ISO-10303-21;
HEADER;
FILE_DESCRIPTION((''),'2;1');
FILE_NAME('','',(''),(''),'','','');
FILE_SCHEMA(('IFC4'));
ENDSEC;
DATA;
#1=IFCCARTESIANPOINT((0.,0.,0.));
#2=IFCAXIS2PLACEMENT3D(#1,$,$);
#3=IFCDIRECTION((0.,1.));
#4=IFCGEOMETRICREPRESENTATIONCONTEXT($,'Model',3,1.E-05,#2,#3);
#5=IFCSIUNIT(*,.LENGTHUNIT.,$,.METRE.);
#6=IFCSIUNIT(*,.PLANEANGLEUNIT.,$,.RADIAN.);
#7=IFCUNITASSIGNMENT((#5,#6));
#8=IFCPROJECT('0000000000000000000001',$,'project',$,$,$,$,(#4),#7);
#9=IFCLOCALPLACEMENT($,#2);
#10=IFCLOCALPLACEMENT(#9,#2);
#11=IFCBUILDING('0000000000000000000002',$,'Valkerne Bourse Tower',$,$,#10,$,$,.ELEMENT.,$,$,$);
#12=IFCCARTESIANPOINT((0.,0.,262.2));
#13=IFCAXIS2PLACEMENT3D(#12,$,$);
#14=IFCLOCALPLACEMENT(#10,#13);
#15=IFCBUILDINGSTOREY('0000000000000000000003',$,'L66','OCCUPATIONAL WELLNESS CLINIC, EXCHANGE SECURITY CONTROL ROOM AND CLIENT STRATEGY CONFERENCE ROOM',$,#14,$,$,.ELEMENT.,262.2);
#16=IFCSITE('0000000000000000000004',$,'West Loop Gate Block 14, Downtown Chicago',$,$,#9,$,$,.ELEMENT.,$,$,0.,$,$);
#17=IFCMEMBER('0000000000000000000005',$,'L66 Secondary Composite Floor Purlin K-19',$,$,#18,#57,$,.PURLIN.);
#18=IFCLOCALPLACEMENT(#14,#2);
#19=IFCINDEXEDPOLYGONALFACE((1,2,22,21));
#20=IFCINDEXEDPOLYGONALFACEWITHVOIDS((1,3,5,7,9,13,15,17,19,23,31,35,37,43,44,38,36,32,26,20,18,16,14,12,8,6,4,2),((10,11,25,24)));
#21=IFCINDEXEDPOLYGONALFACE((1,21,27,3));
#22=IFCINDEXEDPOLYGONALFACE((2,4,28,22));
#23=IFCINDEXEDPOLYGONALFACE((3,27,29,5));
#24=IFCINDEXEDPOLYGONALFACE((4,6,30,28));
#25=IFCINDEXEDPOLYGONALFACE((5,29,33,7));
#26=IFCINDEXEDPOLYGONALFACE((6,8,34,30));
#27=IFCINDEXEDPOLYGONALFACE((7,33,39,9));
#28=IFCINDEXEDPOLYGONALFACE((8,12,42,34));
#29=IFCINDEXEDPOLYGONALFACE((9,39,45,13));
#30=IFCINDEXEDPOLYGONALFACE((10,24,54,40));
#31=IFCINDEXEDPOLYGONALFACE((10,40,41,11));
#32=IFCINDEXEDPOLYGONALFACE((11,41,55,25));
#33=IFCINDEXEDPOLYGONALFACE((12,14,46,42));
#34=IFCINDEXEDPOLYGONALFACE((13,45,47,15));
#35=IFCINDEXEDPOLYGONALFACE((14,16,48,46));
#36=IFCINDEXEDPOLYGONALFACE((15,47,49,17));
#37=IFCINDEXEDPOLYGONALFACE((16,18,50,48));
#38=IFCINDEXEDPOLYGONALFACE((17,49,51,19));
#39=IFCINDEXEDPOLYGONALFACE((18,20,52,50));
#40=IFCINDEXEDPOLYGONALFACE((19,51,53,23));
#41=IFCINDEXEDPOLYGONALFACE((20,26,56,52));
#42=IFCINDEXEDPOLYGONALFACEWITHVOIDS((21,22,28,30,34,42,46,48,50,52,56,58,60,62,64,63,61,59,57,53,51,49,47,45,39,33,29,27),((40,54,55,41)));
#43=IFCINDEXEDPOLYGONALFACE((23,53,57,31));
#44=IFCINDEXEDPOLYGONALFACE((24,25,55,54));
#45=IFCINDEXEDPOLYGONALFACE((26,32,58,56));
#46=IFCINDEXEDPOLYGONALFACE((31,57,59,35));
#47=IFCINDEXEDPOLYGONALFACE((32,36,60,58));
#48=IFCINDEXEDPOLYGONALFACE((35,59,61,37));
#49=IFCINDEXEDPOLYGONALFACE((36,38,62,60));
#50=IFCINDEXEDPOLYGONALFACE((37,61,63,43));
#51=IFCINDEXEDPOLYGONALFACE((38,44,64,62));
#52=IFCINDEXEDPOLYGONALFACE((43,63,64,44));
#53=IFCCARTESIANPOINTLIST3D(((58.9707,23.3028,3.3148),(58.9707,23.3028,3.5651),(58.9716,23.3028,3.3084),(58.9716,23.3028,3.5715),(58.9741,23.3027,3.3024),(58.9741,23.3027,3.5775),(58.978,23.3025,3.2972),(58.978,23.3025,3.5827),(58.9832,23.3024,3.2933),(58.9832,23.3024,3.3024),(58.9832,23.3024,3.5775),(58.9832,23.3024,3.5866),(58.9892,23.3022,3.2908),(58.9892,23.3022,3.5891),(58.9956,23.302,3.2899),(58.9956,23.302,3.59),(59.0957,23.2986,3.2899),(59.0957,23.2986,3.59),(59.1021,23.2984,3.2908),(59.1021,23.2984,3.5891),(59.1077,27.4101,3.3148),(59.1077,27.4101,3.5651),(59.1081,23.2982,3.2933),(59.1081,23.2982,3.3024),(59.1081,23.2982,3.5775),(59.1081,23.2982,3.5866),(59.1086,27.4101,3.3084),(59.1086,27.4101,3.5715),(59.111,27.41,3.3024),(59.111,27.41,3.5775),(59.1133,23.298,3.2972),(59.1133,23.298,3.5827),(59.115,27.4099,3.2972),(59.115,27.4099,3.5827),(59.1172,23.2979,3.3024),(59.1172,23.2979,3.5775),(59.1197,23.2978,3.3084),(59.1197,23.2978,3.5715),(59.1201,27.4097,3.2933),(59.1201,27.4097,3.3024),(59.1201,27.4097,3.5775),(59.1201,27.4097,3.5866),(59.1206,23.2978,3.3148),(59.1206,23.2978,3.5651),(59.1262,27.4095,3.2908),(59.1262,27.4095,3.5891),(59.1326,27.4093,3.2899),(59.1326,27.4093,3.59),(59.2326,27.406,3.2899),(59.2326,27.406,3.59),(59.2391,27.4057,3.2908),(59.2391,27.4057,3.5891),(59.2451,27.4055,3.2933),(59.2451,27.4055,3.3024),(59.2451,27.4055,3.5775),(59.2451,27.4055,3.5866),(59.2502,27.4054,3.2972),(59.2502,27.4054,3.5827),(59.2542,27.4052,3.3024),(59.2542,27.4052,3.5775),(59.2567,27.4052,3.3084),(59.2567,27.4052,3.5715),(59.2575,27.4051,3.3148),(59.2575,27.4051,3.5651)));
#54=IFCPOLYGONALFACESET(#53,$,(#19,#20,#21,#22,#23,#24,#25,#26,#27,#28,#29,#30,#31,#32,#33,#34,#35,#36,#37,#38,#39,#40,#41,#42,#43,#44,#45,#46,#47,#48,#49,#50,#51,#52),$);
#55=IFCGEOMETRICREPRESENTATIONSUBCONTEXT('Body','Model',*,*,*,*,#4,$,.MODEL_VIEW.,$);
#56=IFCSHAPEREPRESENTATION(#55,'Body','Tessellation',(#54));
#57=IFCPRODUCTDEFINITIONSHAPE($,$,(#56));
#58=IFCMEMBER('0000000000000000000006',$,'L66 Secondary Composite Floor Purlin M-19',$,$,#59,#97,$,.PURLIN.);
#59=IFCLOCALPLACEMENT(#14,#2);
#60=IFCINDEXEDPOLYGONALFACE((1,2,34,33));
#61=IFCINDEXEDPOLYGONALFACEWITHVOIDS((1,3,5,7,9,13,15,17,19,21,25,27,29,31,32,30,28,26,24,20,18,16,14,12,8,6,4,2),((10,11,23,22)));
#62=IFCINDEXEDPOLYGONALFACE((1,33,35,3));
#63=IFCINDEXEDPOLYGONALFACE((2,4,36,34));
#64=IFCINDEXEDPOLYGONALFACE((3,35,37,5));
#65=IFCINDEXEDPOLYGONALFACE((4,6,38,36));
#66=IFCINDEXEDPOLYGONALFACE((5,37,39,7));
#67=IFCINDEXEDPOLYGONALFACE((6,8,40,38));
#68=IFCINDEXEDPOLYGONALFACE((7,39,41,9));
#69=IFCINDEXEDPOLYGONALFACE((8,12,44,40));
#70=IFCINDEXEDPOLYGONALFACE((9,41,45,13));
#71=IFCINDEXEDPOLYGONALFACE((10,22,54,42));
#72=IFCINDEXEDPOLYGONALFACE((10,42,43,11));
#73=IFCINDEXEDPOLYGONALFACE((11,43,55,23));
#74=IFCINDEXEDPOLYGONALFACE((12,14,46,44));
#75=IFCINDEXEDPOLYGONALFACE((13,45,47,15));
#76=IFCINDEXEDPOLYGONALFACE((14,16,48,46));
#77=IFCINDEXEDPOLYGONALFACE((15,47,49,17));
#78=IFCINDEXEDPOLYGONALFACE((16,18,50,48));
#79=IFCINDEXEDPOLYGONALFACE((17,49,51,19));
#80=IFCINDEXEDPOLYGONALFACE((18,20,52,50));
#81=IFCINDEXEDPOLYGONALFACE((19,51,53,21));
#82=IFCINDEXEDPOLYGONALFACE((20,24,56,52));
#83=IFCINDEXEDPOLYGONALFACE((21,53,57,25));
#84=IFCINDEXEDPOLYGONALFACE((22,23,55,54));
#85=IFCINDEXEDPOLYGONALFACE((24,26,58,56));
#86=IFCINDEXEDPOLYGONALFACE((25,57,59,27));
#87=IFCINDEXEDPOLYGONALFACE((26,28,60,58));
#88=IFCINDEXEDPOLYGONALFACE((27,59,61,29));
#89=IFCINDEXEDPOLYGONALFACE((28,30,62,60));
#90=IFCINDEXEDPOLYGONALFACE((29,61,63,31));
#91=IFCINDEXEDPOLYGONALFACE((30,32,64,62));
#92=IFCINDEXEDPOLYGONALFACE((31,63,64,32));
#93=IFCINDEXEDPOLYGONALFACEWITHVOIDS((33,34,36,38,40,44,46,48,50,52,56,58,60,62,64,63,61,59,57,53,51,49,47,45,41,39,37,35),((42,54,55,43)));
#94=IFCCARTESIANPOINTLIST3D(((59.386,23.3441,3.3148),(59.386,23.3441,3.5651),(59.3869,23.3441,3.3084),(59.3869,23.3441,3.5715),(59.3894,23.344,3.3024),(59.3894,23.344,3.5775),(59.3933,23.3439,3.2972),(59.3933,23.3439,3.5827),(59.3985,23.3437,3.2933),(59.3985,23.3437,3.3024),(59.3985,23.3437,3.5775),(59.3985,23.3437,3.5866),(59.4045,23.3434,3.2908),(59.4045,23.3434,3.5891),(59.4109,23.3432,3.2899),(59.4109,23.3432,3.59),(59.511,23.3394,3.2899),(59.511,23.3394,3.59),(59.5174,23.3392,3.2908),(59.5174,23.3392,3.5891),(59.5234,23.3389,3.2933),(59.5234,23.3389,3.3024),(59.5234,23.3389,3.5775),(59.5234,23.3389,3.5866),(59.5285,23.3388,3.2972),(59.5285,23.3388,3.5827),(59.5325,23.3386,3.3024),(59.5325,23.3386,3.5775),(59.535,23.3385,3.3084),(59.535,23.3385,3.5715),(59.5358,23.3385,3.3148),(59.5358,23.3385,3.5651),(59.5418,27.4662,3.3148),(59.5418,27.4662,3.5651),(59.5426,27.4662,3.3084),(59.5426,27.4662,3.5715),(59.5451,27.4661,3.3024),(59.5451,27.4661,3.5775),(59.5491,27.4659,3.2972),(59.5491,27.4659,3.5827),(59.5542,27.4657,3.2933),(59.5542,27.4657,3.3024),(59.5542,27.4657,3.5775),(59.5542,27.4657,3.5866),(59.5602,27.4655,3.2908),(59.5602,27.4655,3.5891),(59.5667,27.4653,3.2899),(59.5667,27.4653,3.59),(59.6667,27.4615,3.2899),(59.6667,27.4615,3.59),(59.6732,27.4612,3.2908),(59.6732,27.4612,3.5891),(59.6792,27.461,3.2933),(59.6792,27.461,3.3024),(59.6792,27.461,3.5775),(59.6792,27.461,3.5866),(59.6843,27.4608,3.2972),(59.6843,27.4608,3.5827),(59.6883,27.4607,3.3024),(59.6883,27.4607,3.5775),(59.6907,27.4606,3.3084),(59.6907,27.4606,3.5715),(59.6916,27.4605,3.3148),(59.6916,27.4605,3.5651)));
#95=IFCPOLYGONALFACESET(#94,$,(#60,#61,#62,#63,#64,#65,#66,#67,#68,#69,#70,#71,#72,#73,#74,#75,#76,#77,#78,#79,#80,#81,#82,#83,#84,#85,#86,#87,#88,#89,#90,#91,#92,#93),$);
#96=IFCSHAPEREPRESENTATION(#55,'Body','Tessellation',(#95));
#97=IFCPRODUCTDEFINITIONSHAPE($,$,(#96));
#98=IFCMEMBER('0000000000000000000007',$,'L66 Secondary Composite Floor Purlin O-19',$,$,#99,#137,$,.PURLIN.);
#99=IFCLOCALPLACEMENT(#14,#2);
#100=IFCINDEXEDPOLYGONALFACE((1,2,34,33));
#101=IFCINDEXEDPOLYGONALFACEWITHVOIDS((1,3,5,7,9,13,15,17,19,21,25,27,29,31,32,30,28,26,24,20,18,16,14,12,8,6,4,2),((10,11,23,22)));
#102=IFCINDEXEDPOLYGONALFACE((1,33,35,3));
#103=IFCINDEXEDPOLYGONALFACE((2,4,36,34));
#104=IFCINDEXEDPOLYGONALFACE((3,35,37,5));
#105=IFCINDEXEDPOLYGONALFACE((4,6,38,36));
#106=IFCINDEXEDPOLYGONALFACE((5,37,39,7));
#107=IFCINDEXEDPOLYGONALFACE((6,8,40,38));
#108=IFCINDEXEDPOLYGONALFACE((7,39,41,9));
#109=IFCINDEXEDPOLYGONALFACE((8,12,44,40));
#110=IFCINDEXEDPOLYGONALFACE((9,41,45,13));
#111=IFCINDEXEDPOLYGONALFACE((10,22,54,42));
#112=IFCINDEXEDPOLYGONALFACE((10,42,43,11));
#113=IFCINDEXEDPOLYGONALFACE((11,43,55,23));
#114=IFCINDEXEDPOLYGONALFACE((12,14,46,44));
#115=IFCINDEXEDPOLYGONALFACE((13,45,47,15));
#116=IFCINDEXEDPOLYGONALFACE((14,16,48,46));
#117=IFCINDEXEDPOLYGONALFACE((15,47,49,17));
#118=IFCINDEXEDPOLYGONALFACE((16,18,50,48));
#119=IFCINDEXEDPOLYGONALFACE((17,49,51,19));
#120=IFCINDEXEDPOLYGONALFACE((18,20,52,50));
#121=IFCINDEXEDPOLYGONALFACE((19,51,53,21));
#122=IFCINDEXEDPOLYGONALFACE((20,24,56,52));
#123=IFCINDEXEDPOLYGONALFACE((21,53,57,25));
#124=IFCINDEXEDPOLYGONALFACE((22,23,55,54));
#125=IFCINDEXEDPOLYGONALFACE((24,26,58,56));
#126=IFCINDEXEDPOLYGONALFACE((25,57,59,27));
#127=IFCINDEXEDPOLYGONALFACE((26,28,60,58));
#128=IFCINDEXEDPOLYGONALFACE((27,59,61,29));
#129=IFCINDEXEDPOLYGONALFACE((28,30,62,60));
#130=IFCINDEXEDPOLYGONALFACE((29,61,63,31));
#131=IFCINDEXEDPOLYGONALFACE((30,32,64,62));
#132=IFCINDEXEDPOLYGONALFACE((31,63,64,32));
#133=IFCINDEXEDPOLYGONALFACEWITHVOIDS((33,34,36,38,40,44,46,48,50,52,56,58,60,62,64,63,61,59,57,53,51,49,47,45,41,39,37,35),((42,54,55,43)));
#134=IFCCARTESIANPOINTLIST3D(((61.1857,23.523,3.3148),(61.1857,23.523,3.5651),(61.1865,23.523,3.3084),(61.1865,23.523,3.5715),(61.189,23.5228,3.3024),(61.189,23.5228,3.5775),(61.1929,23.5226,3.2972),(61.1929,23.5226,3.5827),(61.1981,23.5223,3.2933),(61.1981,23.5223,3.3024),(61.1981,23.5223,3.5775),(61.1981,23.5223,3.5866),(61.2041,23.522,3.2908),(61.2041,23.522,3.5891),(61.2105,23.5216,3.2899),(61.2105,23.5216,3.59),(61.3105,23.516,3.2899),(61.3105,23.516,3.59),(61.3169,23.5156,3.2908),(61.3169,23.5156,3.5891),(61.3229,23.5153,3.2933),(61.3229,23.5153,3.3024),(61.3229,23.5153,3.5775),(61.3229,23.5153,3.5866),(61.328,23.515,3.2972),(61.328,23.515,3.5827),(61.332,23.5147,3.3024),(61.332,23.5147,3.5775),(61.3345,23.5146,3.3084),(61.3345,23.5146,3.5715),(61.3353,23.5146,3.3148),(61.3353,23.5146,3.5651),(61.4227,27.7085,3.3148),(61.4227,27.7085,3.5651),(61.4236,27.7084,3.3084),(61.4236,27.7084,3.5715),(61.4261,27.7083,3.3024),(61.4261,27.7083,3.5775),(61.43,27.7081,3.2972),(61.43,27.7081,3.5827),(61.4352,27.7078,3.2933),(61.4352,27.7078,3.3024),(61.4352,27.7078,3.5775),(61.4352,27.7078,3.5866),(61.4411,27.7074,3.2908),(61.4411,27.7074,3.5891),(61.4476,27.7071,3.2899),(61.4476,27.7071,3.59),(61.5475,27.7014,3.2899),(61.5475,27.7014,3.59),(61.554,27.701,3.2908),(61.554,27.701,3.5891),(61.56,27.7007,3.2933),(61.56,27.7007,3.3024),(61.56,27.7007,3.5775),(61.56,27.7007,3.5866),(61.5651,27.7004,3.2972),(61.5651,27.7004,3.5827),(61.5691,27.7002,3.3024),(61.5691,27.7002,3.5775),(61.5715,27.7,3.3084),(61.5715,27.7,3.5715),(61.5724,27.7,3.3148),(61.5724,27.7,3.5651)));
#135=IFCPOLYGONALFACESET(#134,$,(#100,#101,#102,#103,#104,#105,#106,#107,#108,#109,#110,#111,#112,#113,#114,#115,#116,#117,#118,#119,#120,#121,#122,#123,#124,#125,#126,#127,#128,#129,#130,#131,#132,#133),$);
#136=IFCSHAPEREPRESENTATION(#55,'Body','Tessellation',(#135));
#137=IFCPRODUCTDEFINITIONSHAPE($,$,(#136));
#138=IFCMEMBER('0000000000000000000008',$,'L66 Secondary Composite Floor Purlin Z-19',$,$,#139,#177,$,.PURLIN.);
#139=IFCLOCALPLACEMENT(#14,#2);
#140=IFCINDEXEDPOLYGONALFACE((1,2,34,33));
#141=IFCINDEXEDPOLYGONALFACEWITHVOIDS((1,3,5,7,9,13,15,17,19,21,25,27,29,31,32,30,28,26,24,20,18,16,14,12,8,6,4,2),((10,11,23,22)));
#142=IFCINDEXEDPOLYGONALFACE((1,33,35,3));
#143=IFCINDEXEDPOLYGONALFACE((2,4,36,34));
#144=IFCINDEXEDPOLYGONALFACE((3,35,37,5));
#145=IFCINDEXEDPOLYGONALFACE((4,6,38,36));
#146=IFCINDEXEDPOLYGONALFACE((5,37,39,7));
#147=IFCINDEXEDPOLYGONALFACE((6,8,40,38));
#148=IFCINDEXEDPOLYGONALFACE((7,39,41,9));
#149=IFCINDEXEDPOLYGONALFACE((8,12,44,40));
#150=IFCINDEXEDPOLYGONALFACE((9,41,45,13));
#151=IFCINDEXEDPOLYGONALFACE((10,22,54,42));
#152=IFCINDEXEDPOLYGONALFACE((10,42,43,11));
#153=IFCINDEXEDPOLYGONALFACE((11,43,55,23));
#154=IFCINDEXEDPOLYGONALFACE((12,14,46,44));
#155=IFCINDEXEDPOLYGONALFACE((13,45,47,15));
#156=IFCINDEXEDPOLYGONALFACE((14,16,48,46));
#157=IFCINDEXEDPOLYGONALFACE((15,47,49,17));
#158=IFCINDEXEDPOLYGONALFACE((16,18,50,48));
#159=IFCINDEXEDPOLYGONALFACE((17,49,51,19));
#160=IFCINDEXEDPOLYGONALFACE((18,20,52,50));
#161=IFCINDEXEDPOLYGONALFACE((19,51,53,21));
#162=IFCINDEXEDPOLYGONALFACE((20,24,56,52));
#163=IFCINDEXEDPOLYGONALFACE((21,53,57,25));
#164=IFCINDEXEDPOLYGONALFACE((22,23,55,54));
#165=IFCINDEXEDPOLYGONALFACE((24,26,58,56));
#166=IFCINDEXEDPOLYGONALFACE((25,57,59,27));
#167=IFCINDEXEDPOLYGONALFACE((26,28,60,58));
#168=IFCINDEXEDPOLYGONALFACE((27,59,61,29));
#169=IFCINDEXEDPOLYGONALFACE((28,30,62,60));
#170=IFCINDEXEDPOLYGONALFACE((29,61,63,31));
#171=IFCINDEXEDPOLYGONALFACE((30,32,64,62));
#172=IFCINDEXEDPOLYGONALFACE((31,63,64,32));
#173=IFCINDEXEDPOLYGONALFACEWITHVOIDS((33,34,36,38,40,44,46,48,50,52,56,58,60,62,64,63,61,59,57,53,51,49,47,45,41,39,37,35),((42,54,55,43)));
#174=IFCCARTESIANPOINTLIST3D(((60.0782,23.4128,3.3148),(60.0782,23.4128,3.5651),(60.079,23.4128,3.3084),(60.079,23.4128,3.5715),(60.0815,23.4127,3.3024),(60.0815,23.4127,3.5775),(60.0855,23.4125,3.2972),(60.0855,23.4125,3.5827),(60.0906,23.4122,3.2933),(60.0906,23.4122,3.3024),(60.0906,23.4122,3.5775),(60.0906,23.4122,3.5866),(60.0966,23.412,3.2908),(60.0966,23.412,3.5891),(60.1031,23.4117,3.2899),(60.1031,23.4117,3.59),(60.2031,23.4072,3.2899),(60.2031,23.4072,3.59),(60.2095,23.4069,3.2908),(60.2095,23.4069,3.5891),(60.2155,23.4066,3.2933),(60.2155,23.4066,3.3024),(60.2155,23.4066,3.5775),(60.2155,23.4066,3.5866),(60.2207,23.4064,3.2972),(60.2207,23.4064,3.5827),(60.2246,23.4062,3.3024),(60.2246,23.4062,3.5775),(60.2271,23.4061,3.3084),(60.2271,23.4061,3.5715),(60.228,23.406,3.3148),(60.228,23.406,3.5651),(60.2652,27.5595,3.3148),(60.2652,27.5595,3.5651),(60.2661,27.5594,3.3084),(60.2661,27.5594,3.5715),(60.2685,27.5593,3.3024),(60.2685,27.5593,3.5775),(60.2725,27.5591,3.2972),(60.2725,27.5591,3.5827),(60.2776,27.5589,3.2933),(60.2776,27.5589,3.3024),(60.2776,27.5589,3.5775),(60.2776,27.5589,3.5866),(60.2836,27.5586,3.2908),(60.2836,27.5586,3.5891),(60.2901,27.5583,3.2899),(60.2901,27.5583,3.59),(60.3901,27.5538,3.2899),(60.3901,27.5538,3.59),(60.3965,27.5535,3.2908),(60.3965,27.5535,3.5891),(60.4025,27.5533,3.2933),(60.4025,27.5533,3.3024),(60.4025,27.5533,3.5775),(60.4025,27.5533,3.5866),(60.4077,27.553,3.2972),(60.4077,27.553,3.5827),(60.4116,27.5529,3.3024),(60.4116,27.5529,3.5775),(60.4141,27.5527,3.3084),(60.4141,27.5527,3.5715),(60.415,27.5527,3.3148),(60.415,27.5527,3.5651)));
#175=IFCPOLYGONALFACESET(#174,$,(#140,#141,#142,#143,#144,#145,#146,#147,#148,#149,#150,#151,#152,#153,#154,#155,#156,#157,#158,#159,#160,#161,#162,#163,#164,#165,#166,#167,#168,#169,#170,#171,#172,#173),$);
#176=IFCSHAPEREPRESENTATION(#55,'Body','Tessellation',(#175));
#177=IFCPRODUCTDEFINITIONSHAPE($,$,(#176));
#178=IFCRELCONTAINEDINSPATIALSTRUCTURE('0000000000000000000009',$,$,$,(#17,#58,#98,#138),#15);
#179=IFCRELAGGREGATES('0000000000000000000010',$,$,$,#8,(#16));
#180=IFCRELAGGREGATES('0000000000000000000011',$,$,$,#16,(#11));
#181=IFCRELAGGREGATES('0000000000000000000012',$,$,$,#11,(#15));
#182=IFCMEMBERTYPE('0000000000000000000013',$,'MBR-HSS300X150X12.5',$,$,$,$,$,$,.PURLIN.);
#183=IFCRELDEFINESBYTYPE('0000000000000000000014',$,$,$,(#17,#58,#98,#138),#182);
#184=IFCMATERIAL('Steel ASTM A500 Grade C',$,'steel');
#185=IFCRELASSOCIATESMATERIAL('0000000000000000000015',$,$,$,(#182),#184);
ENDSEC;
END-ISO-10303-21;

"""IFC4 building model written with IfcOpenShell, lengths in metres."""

from ifc_helpers import new_model, si_unit, direction, frame, origin, origin_2d, place, context, subcontext, project, spatial, hollow_rectangle, extrude, material, material_profile, profile_set, type_object, element, save


model = new_model("IFC4")

# Units and contexts
model_context = context("Model", 3, precision=1e-05, world=origin(), true_north=direction((0.0, 1.0)))
body_context = subcontext(model_context, "Body", "Model", "MODEL_VIEW")
ifc_project = project(units=[si_unit("LENGTHUNIT", "METRE"), si_unit("PLANEANGLEUNIT", "RADIAN")], contexts=[model_context])

# Site, building, storey
site_placement = place(None, origin())
site = spatial("IfcSite", under=ifc_project, at=site_placement, Name="West Loop Gate Block 14, Downtown Chicago", CompositionType="ELEMENT", RefElevation=0.0)
building_placement = place(site_placement, origin())
building = spatial("IfcBuilding", under=site, at=building_placement, Name="Valkerne Bourse Tower", CompositionType="ELEMENT")
storey_placement = place(building_placement, frame((0.0, 0.0, 262.2)))
storey = spatial("IfcBuildingStorey", under=building, at=storey_placement, Name="L66", Description="OCCUPATIONAL WELLNESS CLINIC, EXCHANGE SECURITY CONTROL ROOM AND CLIENT STRATEGY CONFERENCE ROOM", CompositionType="ELEMENT", Elevation=262.2)

# Shared definitions
ifc_material_1 = material(Name="Steel ASTM A500 Grade C", Category="steel")

# Members
ifc_material_profile_1 = material_profile(ifc_material_1, hollow_rectangle(XDim=0.1499, YDim=0.3, WallThickness=0.0125, OuterFilletRadius=0.0249, at=origin_2d()), Name="HSS300X150X12.5")
ifc_profile_set_1 = profile_set([ifc_material_profile_1], Name="Steel ASTM A500 Grade C")
member_type_1 = type_object("IfcMemberType", Name="MBR-HSS300X150X12.5", PredefinedType="PURLIN", material=ifc_profile_set_1)
member_1_placement = place(storey_placement, frame((59.0457, 23.3003, 3.4399), z_axis=(0.033327, 0.999445, 0.0), x_axis=(-0.999445, 0.033327, 0.0)))
element("IfcMember", 1, at=member_1_placement, inside=storey, type_object=member_type_1, Name="L66 Secondary Composite Floor Purlin K-19", PredefinedType="PURLIN", context=body_context, shape_type="SweptSolid", body=[
    extrude(hollow_rectangle(XDim=0.1499, YDim=0.3, WallThickness=0.0125, OuterFilletRadius=0.0249, at=origin_2d()), origin(), (0.0, 0.0, 1.0), 4.1096),
])
member_2_placement = place(storey_placement, frame((59.4609, 23.3413, 3.4399), z_axis=(0.03776, 0.999287, 0.0), x_axis=(-0.999287, 0.03776, 0.0)))
element("IfcMember", 2, at=member_2_placement, inside=storey, type_object=member_type_1, Name="L66 Secondary Composite Floor Purlin M-19", PredefinedType="PURLIN", context=body_context, shape_type="SweptSolid", body=[
    extrude(hollow_rectangle(XDim=0.1499, YDim=0.3, WallThickness=0.0125, OuterFilletRadius=0.0249, at=origin_2d()), origin(), (0.0, 0.0, 1.0), 4.125),
])
member_3_placement = place(storey_placement, frame((61.2605, 23.5188, 3.4399), z_axis=(0.056547, 0.9984, 0.0), x_axis=(-0.9984, 0.056547, 0.0)))
element("IfcMember", 3, at=member_3_placement, inside=storey, type_object=member_type_1, Name="L66 Secondary Composite Floor Purlin O-19", PredefinedType="PURLIN", context=body_context, shape_type="SweptSolid", body=[
    extrude(hollow_rectangle(XDim=0.1499, YDim=0.3, WallThickness=0.0125, OuterFilletRadius=0.0249, at=origin_2d()), origin(), (0.0, 0.0, 1.0), 4.1921),
])
member_4_placement = place(storey_placement, frame((60.1531, 23.4094, 3.4399), z_axis=(0.045053, 0.998985, 0.0), x_axis=(-0.998985, 0.045053, 0.0)))
element("IfcMember", 4, at=member_4_placement, inside=storey, type_object=member_type_1, Name="L66 Secondary Composite Floor Purlin Z-19", PredefinedType="PURLIN", context=body_context, shape_type="SweptSolid", body=[
    extrude(hollow_rectangle(XDim=0.1499, YDim=0.3, WallThickness=0.0125, OuterFilletRadius=0.0249, at=origin_2d()), origin(), (0.0, 0.0, 1.0), 4.1509),
])

save(model, "model.ifc")
